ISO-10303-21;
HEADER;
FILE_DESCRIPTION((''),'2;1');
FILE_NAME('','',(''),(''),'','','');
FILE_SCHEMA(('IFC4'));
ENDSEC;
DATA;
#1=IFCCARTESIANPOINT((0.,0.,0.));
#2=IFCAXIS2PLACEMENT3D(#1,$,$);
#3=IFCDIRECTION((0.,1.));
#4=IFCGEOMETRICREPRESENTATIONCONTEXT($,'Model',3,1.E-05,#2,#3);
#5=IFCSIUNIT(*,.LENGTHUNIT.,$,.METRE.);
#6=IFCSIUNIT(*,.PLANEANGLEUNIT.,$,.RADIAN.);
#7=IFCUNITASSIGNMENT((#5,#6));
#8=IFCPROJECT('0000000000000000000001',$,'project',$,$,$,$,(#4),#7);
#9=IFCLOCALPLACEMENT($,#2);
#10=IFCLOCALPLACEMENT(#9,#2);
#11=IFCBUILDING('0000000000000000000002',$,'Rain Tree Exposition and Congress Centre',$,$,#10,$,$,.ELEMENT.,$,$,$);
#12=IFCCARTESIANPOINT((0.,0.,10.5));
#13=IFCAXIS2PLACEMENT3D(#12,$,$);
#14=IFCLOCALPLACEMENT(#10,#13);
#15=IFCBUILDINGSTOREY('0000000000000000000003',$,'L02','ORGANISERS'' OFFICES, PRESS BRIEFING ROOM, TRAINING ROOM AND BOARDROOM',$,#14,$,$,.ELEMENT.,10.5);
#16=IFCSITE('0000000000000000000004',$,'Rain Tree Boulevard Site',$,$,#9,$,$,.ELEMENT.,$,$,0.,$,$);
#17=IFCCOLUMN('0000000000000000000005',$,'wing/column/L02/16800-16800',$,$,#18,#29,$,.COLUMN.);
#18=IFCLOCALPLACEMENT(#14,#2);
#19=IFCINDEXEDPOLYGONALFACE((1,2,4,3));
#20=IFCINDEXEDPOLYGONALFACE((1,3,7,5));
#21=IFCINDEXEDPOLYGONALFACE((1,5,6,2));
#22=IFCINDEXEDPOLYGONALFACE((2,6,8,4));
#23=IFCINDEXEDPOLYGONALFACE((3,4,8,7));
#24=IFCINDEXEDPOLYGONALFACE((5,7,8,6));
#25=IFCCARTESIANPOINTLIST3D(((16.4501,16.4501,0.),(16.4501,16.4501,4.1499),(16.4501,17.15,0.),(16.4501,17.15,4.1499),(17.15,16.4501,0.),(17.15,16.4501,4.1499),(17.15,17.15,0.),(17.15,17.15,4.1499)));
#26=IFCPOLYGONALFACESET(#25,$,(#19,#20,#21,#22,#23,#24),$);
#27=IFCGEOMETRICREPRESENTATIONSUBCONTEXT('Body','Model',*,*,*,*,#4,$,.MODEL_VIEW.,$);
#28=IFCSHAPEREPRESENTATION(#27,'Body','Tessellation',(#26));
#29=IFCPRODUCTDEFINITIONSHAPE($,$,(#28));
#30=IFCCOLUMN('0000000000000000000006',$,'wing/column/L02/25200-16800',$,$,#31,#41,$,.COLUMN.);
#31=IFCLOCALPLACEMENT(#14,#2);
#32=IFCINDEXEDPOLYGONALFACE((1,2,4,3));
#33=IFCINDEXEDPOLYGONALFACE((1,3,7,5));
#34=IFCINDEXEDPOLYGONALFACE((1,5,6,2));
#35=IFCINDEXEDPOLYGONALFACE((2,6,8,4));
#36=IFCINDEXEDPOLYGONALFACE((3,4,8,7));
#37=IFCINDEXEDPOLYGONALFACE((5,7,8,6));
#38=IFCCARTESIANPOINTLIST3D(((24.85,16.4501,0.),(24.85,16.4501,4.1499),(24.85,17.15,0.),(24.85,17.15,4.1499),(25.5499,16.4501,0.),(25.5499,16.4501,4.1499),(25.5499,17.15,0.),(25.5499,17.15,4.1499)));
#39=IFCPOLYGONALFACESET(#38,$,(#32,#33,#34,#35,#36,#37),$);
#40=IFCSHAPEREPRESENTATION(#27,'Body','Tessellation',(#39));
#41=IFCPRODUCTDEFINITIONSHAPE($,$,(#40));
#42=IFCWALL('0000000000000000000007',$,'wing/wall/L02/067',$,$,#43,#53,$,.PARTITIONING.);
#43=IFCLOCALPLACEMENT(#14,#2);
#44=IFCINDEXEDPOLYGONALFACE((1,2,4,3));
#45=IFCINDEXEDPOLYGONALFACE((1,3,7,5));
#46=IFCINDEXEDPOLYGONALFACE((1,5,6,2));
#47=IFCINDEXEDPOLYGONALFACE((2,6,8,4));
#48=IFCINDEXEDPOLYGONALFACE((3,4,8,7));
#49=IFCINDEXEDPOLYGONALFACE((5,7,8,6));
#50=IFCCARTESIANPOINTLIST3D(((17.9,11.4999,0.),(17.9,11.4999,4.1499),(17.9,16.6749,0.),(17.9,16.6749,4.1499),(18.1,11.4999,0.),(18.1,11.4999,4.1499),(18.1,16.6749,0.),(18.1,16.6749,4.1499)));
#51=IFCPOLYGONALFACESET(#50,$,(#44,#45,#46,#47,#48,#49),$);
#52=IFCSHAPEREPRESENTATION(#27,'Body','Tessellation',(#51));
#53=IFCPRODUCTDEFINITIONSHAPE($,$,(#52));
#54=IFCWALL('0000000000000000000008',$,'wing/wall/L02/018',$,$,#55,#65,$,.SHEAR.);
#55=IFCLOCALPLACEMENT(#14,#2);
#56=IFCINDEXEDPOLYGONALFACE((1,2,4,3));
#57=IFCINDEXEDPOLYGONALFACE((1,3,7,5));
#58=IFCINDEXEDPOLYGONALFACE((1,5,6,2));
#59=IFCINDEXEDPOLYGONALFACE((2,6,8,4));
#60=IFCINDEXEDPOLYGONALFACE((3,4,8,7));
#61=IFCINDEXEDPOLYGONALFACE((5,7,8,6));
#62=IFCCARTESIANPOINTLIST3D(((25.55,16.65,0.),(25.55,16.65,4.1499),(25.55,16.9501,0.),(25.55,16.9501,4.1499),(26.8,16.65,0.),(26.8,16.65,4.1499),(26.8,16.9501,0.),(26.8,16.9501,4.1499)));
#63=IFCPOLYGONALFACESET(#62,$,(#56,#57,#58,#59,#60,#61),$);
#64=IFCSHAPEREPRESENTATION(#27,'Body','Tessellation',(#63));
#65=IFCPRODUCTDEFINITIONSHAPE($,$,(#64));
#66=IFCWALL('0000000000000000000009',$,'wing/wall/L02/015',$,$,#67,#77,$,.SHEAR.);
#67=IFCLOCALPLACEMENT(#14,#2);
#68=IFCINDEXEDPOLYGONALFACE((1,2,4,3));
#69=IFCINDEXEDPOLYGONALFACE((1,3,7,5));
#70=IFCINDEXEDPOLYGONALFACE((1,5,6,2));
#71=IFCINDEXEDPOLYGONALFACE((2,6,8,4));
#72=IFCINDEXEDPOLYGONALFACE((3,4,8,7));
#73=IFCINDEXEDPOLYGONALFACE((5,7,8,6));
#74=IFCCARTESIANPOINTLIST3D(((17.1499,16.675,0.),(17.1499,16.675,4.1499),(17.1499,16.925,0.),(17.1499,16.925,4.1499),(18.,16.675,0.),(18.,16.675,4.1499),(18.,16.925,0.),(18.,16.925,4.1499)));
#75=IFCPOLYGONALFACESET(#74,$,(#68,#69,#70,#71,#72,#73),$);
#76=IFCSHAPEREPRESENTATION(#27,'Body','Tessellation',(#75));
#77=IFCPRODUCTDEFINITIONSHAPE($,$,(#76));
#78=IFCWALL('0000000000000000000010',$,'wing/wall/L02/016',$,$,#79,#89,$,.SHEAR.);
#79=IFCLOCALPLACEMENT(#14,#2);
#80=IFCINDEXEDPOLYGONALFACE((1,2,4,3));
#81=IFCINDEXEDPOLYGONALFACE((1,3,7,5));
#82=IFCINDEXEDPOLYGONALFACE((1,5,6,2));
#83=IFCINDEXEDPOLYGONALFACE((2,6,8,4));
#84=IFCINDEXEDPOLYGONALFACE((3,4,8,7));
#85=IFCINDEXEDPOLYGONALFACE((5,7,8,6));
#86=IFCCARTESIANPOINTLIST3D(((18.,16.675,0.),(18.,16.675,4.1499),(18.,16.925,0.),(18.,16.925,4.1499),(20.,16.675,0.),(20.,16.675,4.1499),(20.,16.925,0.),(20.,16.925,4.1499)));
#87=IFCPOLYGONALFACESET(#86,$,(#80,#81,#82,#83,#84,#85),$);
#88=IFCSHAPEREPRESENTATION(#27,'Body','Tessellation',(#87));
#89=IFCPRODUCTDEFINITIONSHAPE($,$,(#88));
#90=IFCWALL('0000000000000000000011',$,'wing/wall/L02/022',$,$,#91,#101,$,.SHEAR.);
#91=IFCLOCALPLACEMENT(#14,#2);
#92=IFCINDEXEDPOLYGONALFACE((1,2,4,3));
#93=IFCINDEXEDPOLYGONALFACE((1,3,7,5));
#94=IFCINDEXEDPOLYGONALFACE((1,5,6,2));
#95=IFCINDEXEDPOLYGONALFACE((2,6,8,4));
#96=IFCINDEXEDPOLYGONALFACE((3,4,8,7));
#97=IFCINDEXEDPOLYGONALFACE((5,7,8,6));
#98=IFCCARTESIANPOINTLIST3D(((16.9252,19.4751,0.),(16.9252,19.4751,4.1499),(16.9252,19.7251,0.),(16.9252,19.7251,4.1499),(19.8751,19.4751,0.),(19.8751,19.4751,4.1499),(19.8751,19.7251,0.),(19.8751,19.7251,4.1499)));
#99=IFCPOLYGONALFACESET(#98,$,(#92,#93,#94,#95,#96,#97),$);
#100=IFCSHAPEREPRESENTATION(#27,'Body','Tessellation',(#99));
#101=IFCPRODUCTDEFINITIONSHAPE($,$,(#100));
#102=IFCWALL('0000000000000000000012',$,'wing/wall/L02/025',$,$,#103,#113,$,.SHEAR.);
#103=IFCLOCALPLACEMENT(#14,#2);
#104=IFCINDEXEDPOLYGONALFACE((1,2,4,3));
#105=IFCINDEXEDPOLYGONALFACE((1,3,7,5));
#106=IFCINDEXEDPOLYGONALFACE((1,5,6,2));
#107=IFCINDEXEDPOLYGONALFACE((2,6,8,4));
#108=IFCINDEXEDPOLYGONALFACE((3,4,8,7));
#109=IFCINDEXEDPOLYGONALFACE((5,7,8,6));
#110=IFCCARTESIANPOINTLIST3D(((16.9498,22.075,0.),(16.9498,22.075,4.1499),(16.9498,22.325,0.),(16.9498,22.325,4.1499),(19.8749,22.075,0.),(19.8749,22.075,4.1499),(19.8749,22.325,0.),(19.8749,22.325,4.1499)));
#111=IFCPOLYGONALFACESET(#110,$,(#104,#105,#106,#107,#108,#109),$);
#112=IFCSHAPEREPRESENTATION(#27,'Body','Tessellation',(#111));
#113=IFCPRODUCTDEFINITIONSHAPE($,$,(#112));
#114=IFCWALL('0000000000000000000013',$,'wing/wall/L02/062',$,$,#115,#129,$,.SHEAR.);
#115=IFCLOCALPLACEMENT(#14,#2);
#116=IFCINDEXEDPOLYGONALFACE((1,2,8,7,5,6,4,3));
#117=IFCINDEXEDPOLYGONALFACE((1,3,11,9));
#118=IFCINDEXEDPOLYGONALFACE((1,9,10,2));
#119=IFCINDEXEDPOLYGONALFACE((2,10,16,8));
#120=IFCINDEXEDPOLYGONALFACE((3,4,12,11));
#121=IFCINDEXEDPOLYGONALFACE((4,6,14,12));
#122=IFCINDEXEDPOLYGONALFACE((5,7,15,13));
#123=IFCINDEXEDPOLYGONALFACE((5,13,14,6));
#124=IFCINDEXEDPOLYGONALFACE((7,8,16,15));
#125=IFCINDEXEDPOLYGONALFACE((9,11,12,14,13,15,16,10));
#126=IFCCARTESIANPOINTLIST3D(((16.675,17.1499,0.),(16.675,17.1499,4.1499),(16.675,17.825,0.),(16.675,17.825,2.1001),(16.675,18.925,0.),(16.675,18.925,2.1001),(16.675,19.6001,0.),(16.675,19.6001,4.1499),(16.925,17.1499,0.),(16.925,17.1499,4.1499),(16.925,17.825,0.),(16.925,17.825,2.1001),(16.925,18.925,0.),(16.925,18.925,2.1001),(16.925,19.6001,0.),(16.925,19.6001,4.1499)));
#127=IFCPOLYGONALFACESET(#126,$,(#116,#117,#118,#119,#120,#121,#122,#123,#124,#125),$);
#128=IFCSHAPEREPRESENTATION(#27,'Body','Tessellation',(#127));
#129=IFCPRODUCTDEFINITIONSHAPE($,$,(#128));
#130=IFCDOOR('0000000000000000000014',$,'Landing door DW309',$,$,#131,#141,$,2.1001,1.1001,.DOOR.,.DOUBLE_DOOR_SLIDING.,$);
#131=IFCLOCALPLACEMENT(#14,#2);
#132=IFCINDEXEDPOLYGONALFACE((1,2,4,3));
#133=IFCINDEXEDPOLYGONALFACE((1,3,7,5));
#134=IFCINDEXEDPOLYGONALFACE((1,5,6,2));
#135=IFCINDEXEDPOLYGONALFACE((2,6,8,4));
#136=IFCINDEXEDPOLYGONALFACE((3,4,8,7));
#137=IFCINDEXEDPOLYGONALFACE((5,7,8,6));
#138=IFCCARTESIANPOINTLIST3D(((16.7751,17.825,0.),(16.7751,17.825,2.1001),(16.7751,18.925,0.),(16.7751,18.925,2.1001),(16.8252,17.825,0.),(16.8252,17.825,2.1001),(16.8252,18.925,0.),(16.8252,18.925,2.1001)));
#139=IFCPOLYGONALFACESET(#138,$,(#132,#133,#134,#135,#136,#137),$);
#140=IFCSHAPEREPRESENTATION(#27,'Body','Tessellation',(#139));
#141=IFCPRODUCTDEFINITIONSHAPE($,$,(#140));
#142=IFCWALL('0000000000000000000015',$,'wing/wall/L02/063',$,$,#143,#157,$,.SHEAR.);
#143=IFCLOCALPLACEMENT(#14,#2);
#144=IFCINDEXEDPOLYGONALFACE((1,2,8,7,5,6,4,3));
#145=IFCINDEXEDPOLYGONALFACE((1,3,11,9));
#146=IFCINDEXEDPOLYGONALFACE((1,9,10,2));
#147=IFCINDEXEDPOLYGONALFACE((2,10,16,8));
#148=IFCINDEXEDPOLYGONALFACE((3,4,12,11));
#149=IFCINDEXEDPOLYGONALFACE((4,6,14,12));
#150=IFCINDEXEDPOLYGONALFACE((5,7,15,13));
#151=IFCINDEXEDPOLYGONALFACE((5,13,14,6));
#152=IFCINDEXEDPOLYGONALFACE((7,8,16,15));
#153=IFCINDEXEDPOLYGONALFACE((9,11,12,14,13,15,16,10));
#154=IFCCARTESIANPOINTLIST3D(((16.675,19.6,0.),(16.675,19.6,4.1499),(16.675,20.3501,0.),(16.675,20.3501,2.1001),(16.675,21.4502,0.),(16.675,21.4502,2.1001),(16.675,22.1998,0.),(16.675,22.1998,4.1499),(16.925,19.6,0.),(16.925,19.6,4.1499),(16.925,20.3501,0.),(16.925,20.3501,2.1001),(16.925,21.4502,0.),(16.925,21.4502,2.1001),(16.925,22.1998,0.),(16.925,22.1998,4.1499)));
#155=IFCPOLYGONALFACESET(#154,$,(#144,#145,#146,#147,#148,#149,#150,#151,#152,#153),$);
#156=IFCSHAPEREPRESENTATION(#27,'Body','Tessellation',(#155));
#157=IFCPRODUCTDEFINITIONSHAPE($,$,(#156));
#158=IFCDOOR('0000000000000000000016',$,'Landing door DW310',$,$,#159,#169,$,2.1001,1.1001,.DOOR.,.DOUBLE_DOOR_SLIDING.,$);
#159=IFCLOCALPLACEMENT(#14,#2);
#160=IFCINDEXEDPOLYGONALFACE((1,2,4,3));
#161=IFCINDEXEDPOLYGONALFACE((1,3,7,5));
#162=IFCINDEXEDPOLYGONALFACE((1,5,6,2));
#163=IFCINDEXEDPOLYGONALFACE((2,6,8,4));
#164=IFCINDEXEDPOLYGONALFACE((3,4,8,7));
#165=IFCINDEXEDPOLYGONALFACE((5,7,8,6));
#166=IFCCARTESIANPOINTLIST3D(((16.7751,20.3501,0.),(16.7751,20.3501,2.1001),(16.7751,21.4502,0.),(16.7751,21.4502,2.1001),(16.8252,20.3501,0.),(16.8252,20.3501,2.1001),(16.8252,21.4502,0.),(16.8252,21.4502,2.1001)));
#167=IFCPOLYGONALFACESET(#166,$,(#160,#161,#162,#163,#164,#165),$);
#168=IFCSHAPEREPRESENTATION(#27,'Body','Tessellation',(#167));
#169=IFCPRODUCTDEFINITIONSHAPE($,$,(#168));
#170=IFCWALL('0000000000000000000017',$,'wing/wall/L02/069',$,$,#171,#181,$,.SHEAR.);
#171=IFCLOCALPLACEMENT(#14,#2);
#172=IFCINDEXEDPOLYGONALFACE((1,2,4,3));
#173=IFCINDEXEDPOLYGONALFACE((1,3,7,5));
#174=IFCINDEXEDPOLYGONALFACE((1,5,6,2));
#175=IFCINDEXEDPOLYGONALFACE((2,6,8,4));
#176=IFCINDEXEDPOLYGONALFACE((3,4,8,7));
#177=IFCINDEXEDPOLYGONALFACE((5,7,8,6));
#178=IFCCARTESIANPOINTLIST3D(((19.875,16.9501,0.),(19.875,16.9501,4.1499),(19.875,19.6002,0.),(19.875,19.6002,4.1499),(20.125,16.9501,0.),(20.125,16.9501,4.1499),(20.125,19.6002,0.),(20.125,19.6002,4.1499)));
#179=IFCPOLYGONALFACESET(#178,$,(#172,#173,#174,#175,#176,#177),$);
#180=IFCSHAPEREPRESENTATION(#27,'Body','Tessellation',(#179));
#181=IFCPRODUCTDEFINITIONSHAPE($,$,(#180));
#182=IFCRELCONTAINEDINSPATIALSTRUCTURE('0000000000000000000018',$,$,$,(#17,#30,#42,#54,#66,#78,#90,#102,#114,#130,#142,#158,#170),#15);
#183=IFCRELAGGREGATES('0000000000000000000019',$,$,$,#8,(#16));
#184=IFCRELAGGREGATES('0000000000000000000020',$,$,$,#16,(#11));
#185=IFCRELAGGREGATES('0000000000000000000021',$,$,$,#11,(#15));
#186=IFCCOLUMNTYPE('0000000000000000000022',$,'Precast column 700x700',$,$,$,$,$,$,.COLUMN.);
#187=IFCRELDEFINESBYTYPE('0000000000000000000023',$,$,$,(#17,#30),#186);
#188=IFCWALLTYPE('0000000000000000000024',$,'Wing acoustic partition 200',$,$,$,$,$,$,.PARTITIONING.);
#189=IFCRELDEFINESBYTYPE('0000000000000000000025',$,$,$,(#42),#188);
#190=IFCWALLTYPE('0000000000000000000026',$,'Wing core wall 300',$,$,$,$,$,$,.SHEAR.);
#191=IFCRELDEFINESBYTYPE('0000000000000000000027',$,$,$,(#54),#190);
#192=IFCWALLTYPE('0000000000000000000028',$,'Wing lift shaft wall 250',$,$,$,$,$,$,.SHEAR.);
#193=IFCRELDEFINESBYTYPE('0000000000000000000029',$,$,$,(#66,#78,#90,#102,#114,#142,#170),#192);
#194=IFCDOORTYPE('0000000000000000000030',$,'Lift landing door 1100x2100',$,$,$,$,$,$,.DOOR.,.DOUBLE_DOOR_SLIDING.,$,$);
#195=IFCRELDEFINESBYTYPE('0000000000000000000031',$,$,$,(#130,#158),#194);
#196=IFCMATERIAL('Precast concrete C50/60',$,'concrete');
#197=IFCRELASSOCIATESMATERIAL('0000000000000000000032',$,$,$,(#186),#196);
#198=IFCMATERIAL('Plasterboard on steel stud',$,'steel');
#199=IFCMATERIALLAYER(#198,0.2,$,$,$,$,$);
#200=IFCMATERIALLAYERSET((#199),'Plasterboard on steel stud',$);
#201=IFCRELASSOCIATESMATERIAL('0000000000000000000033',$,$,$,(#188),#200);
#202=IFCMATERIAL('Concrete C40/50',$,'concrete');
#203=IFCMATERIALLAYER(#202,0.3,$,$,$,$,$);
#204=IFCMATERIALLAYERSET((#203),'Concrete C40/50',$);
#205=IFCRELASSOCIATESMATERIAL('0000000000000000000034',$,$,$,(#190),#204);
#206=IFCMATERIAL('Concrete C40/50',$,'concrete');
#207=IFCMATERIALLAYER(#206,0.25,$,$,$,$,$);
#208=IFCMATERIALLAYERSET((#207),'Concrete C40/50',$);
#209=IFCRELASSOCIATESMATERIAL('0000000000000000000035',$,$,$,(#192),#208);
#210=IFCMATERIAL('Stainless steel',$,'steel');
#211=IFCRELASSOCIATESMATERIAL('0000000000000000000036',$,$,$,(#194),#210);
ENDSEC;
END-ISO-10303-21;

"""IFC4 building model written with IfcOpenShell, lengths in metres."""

from ifc_helpers import new_model, si_unit, direction, frame, frame_2d, origin, origin_2d, place, context, subcontext, project, spatial, rectangle, extrude, material, layer, layer_set, material_profile, profile_set, type_object, element, fill, save


model = new_model("IFC4")

# Units and contexts
model_context = context("Model", 3, precision=1e-05, world=origin(), true_north=direction((0.0, 1.0)))
body_context = subcontext(model_context, "Body", "Model", "MODEL_VIEW")
ifc_project = project(units=[si_unit("LENGTHUNIT", "METRE"), si_unit("PLANEANGLEUNIT", "RADIAN")], contexts=[model_context])

# Site, building, storey
site_placement = place(None, origin())
site = spatial("IfcSite", under=ifc_project, at=site_placement, Name="Rain Tree Boulevard Site", CompositionType="ELEMENT", RefElevation=0.0)
building_placement = place(site_placement, origin())
building = spatial("IfcBuilding", under=site, at=building_placement, Name="Rain Tree Exposition and Congress Centre", CompositionType="ELEMENT")
storey_placement = place(building_placement, frame((0.0, 0.0, 10.5)))
storey = spatial("IfcBuildingStorey", under=building, at=storey_placement, Name="L02", Description="ORGANISERS' OFFICES, PRESS BRIEFING ROOM, TRAINING ROOM AND BOARDROOM", CompositionType="ELEMENT", Elevation=10.5)

# Columns
ifc_material_1 = material(Name="Precast concrete C50/60", Category="concrete")
ifc_material_profile = material_profile(ifc_material_1, rectangle(XDim=0.7, YDim=0.7, at=origin_2d()), Name="RC 700x700")
ifc_profile_set = profile_set([ifc_material_profile], Name="Precast concrete C50/60")
column_type = type_object("IfcColumnType", Name="Precast column 700x700", PredefinedType="COLUMN", material=ifc_profile_set)
for number, where, z_axis, x_axis, name in (
    (1, (16.8, 16.8, 0.0), (0.0, 0.0, 1.0), (1.0, 0.0, 0.0), "wing/column/L02/16800-16800"),
    (2, (25.2, 16.8, 0.0), (0.0, 0.0, 1.0), (1.0, 0.0, 0.0), "wing/column/L02/25200-16800"),
):
    element("IfcColumn", number, at=place(storey_placement, frame(where, z_axis=z_axis, x_axis=x_axis)), inside=storey, type_object=column_type, Name=name, PredefinedType="COLUMN", context=body_context, shape_type="SweptSolid", body=[
        extrude(rectangle(XDim=0.7, YDim=0.7, at=origin_2d()), origin(), (0.0, 0.0, 1.0), 4.1499),
    ])

# Wall
ifc_material_2 = material(Name="Plasterboard on steel stud", Category="steel")
ifc_layer_1 = layer(ifc_material_2, 0.2)
ifc_layer_set_1 = layer_set([ifc_layer_1], Name="Plasterboard on steel stud")
wall_type_1 = type_object("IfcWallType", Name="Wing acoustic partition 200", PredefinedType="PARTITIONING", material=ifc_layer_set_1)
wall_1_placement = place(storey_placement, frame((18.0, 11.5, 0.0), z_axis=(0.0, 0.0, 1.0), x_axis=(0.0, 1.0, 0.0)))
element("IfcWall", 3, at=wall_1_placement, inside=storey, type_object=wall_type_1, Name="wing/wall/L02/067", PredefinedType="PARTITIONING", context=body_context, shape_type="SweptSolid", body=[
    extrude(rectangle(XDim=5.175, YDim=0.2, at=frame_2d((2.5874, 0.0))), origin(), (0.0, 0.0, 1.0), 4.1499),
])

# Shared definitions
ifc_material_3 = material(Name="Concrete C40/50", Category="concrete")
ifc_layer_2 = layer(ifc_material_3, 0.3)
ifc_layer_set_2 = layer_set([ifc_layer_2], Name="Concrete C40/50")
wall_type_2 = type_object("IfcWallType", Name="Wing core wall 300", PredefinedType="SHEAR", material=ifc_layer_set_2)

# Wall
wall_2_placement = place(storey_placement, frame((25.55, 16.8, 0.0), z_axis=(0.0, 0.0, 1.0), x_axis=(1.0, 0.0, 0.0)))
element("IfcWall", 4, at=wall_2_placement, inside=storey, type_object=wall_type_2, Name="wing/wall/L02/018", PredefinedType="SHEAR", context=body_context, shape_type="SweptSolid", body=[
    extrude(rectangle(XDim=1.25, YDim=0.3, at=frame_2d((0.625, 0.0))), origin(), (0.0, 0.0, 1.0), 4.1499),
])

# Walls
ifc_material_4 = material(Name="Concrete C40/50", Category="concrete")
ifc_layer_3 = layer(ifc_material_4, 0.25)
ifc_layer_set_3 = layer_set([ifc_layer_3], Name="Concrete C40/50")
wall_type_3 = type_object("IfcWallType", Name="Wing lift shaft wall 250", PredefinedType="SHEAR", material=ifc_layer_set_3)
wall_3_placement = place(storey_placement, frame((17.1499, 16.8, 0.0), z_axis=(0.0, 0.0, 1.0), x_axis=(1.0, 0.0, 0.0)))
element("IfcWall", 5, at=wall_3_placement, inside=storey, type_object=wall_type_3, Name="wing/wall/L02/015", PredefinedType="SHEAR", context=body_context, shape_type="SweptSolid", body=[
    extrude(rectangle(XDim=0.8501, YDim=0.25, at=frame_2d((0.425, 0.0))), origin(), (0.0, 0.0, 1.0), 4.1499),
])
wall_4_placement = place(storey_placement, frame((18.0, 16.8, 0.0), z_axis=(0.0, 0.0, 1.0), x_axis=(1.0, 0.0, 0.0)))
element("IfcWall", 6, at=wall_4_placement, inside=storey, type_object=wall_type_3, Name="wing/wall/L02/016", PredefinedType="SHEAR", context=body_context, shape_type="SweptSolid", body=[
    extrude(rectangle(XDim=2.0, YDim=0.25, at=frame_2d((1.0, 0.0))), origin(), (0.0, 0.0, 1.0), 4.1499),
])
wall_5_placement = place(storey_placement, frame((16.925, 19.6001, 0.0), z_axis=(0.0, 0.0, 1.0), x_axis=(1.0, 0.0, 0.0)))
element("IfcWall", 7, at=wall_5_placement, inside=storey, type_object=wall_type_3, Name="wing/wall/L02/022", PredefinedType="SHEAR", context=body_context, shape_type="SweptSolid", body=[
    extrude(rectangle(XDim=2.95, YDim=0.25, at=frame_2d((1.4751, 0.0))), origin(), (0.0, 0.0, 1.0), 4.1499),
])
wall_6_placement = place(storey_placement, frame((16.95, 22.2, 0.0), z_axis=(0.0, 0.0, 1.0), x_axis=(1.0, 0.0, 0.0)))
element("IfcWall", 8, at=wall_6_placement, inside=storey, type_object=wall_type_3, Name="wing/wall/L02/025", PredefinedType="SHEAR", context=body_context, shape_type="SweptSolid", body=[
    extrude(rectangle(XDim=2.925, YDim=0.25, at=frame_2d((1.4624, 0.0))), origin(), (0.0, 0.0, 1.0), 4.1499),
])

# Walls, openings, doors
wall_7_placement = place(storey_placement, frame((16.8, 17.1499, 0.0), z_axis=(0.0, 0.0, 1.0), x_axis=(0.0, 1.0, 0.0)))
wall_7 = element("IfcWall", 9, at=wall_7_placement, inside=storey, type_object=wall_type_3, Name="wing/wall/L02/062", PredefinedType="SHEAR", context=body_context, shape_type="SweptSolid", body=[
    extrude(rectangle(XDim=2.4502, YDim=0.25, at=frame_2d((1.2251, 0.0))), origin(), (0.0, 0.0, 1.0), 4.1499),
])
opening_1_placement = place(wall_7_placement, frame((0.675, 0.0, 0.0)))
opening_1 = element("IfcOpeningElement", 10, at=opening_1_placement, cuts=wall_7, PredefinedType="OPENING", context=body_context, shape_type="SweptSolid", body=[
    extrude(rectangle(XDim=1.1001, YDim=2.1001, at=frame_2d((0.55, 1.05))), frame((0.0, 0.125, 0.0), z_axis=(0.0, -1.0, 0.0), x_axis=(1.0, 0.0, 0.0)), (0.0, 0.0, 1.0), 0.25),
])
ifc_material_5 = material(Name="Stainless steel", Category="steel")
door_type_1 = type_object("IfcDoorType", Name="Lift landing door 1100x2100", OperationType="DOUBLE_DOOR_SLIDING", PredefinedType="DOOR", material=ifc_material_5)
door_1_placement = place(opening_1_placement, origin())
door_1 = element("IfcDoor", 11, at=door_1_placement, inside=storey, type_object=door_type_1, Name="Landing door DW309", OperationType="DOUBLE_DOOR_SLIDING", OverallHeight=2.1001, OverallWidth=1.1001, PredefinedType="DOOR", context=body_context, shape_type="SweptSolid", body=[
    extrude(rectangle(XDim=1.1001, YDim=2.1001, at=frame_2d((0.55, 1.05))), frame((0.0, 0.0249, 0.0), z_axis=(0.0, -1.0, 0.0), x_axis=(1.0, 0.0, 0.0)), (0.0, 0.0, 1.0), 0.05),
])
fill(opening_1, door_1)
wall_8_placement = place(storey_placement, frame((16.8, 19.6001, 0.0), z_axis=(0.0, 0.0, 1.0), x_axis=(0.0, 1.0, 0.0)))
wall_8 = element("IfcWall", 12, at=wall_8_placement, inside=storey, type_object=wall_type_3, Name="wing/wall/L02/063", PredefinedType="SHEAR", context=body_context, shape_type="SweptSolid", body=[
    extrude(rectangle(XDim=2.5999, YDim=0.25, at=frame_2d((1.2998, 0.0))), origin(), (0.0, 0.0, 1.0), 4.1499),
])
opening_2_placement = place(wall_8_placement, frame((0.75, 0.0, 0.0)))
opening_2 = element("IfcOpeningElement", 13, at=opening_2_placement, cuts=wall_8, PredefinedType="OPENING", context=body_context, shape_type="SweptSolid", body=[
    extrude(rectangle(XDim=1.1001, YDim=2.1001, at=frame_2d((0.55, 1.05))), frame((0.0, 0.125, 0.0), z_axis=(0.0, -1.0, 0.0), x_axis=(1.0, 0.0, 0.0)), (0.0, 0.0, 1.0), 0.25),
])
door_2_placement = place(opening_2_placement, origin())
door_2 = element("IfcDoor", 14, at=door_2_placement, inside=storey, type_object=door_type_1, Name="Landing door DW310", OperationType="DOUBLE_DOOR_SLIDING", OverallHeight=2.1001, OverallWidth=1.1001, PredefinedType="DOOR", context=body_context, shape_type="SweptSolid", body=[
    extrude(rectangle(XDim=1.1001, YDim=2.1001, at=frame_2d((0.55, 1.05))), frame((0.0, 0.0249, 0.0), z_axis=(0.0, -1.0, 0.0), x_axis=(1.0, 0.0, 0.0)), (0.0, 0.0, 1.0), 0.05),
])
fill(opening_2, door_2)

# Wall
wall_9_placement = place(storey_placement, frame((20.0, 16.95, 0.0), z_axis=(0.0, 0.0, 1.0), x_axis=(0.0, 1.0, 0.0)))
element("IfcWall", 15, at=wall_9_placement, inside=storey, type_object=wall_type_3, Name="wing/wall/L02/069", PredefinedType="SHEAR", context=body_context, shape_type="SweptSolid", body=[
    extrude(rectangle(XDim=2.6501, YDim=0.25, at=frame_2d((1.3252, 0.0))), origin(), (0.0, 0.0, 1.0), 4.1499),
])

save(model, "model.ifc")
